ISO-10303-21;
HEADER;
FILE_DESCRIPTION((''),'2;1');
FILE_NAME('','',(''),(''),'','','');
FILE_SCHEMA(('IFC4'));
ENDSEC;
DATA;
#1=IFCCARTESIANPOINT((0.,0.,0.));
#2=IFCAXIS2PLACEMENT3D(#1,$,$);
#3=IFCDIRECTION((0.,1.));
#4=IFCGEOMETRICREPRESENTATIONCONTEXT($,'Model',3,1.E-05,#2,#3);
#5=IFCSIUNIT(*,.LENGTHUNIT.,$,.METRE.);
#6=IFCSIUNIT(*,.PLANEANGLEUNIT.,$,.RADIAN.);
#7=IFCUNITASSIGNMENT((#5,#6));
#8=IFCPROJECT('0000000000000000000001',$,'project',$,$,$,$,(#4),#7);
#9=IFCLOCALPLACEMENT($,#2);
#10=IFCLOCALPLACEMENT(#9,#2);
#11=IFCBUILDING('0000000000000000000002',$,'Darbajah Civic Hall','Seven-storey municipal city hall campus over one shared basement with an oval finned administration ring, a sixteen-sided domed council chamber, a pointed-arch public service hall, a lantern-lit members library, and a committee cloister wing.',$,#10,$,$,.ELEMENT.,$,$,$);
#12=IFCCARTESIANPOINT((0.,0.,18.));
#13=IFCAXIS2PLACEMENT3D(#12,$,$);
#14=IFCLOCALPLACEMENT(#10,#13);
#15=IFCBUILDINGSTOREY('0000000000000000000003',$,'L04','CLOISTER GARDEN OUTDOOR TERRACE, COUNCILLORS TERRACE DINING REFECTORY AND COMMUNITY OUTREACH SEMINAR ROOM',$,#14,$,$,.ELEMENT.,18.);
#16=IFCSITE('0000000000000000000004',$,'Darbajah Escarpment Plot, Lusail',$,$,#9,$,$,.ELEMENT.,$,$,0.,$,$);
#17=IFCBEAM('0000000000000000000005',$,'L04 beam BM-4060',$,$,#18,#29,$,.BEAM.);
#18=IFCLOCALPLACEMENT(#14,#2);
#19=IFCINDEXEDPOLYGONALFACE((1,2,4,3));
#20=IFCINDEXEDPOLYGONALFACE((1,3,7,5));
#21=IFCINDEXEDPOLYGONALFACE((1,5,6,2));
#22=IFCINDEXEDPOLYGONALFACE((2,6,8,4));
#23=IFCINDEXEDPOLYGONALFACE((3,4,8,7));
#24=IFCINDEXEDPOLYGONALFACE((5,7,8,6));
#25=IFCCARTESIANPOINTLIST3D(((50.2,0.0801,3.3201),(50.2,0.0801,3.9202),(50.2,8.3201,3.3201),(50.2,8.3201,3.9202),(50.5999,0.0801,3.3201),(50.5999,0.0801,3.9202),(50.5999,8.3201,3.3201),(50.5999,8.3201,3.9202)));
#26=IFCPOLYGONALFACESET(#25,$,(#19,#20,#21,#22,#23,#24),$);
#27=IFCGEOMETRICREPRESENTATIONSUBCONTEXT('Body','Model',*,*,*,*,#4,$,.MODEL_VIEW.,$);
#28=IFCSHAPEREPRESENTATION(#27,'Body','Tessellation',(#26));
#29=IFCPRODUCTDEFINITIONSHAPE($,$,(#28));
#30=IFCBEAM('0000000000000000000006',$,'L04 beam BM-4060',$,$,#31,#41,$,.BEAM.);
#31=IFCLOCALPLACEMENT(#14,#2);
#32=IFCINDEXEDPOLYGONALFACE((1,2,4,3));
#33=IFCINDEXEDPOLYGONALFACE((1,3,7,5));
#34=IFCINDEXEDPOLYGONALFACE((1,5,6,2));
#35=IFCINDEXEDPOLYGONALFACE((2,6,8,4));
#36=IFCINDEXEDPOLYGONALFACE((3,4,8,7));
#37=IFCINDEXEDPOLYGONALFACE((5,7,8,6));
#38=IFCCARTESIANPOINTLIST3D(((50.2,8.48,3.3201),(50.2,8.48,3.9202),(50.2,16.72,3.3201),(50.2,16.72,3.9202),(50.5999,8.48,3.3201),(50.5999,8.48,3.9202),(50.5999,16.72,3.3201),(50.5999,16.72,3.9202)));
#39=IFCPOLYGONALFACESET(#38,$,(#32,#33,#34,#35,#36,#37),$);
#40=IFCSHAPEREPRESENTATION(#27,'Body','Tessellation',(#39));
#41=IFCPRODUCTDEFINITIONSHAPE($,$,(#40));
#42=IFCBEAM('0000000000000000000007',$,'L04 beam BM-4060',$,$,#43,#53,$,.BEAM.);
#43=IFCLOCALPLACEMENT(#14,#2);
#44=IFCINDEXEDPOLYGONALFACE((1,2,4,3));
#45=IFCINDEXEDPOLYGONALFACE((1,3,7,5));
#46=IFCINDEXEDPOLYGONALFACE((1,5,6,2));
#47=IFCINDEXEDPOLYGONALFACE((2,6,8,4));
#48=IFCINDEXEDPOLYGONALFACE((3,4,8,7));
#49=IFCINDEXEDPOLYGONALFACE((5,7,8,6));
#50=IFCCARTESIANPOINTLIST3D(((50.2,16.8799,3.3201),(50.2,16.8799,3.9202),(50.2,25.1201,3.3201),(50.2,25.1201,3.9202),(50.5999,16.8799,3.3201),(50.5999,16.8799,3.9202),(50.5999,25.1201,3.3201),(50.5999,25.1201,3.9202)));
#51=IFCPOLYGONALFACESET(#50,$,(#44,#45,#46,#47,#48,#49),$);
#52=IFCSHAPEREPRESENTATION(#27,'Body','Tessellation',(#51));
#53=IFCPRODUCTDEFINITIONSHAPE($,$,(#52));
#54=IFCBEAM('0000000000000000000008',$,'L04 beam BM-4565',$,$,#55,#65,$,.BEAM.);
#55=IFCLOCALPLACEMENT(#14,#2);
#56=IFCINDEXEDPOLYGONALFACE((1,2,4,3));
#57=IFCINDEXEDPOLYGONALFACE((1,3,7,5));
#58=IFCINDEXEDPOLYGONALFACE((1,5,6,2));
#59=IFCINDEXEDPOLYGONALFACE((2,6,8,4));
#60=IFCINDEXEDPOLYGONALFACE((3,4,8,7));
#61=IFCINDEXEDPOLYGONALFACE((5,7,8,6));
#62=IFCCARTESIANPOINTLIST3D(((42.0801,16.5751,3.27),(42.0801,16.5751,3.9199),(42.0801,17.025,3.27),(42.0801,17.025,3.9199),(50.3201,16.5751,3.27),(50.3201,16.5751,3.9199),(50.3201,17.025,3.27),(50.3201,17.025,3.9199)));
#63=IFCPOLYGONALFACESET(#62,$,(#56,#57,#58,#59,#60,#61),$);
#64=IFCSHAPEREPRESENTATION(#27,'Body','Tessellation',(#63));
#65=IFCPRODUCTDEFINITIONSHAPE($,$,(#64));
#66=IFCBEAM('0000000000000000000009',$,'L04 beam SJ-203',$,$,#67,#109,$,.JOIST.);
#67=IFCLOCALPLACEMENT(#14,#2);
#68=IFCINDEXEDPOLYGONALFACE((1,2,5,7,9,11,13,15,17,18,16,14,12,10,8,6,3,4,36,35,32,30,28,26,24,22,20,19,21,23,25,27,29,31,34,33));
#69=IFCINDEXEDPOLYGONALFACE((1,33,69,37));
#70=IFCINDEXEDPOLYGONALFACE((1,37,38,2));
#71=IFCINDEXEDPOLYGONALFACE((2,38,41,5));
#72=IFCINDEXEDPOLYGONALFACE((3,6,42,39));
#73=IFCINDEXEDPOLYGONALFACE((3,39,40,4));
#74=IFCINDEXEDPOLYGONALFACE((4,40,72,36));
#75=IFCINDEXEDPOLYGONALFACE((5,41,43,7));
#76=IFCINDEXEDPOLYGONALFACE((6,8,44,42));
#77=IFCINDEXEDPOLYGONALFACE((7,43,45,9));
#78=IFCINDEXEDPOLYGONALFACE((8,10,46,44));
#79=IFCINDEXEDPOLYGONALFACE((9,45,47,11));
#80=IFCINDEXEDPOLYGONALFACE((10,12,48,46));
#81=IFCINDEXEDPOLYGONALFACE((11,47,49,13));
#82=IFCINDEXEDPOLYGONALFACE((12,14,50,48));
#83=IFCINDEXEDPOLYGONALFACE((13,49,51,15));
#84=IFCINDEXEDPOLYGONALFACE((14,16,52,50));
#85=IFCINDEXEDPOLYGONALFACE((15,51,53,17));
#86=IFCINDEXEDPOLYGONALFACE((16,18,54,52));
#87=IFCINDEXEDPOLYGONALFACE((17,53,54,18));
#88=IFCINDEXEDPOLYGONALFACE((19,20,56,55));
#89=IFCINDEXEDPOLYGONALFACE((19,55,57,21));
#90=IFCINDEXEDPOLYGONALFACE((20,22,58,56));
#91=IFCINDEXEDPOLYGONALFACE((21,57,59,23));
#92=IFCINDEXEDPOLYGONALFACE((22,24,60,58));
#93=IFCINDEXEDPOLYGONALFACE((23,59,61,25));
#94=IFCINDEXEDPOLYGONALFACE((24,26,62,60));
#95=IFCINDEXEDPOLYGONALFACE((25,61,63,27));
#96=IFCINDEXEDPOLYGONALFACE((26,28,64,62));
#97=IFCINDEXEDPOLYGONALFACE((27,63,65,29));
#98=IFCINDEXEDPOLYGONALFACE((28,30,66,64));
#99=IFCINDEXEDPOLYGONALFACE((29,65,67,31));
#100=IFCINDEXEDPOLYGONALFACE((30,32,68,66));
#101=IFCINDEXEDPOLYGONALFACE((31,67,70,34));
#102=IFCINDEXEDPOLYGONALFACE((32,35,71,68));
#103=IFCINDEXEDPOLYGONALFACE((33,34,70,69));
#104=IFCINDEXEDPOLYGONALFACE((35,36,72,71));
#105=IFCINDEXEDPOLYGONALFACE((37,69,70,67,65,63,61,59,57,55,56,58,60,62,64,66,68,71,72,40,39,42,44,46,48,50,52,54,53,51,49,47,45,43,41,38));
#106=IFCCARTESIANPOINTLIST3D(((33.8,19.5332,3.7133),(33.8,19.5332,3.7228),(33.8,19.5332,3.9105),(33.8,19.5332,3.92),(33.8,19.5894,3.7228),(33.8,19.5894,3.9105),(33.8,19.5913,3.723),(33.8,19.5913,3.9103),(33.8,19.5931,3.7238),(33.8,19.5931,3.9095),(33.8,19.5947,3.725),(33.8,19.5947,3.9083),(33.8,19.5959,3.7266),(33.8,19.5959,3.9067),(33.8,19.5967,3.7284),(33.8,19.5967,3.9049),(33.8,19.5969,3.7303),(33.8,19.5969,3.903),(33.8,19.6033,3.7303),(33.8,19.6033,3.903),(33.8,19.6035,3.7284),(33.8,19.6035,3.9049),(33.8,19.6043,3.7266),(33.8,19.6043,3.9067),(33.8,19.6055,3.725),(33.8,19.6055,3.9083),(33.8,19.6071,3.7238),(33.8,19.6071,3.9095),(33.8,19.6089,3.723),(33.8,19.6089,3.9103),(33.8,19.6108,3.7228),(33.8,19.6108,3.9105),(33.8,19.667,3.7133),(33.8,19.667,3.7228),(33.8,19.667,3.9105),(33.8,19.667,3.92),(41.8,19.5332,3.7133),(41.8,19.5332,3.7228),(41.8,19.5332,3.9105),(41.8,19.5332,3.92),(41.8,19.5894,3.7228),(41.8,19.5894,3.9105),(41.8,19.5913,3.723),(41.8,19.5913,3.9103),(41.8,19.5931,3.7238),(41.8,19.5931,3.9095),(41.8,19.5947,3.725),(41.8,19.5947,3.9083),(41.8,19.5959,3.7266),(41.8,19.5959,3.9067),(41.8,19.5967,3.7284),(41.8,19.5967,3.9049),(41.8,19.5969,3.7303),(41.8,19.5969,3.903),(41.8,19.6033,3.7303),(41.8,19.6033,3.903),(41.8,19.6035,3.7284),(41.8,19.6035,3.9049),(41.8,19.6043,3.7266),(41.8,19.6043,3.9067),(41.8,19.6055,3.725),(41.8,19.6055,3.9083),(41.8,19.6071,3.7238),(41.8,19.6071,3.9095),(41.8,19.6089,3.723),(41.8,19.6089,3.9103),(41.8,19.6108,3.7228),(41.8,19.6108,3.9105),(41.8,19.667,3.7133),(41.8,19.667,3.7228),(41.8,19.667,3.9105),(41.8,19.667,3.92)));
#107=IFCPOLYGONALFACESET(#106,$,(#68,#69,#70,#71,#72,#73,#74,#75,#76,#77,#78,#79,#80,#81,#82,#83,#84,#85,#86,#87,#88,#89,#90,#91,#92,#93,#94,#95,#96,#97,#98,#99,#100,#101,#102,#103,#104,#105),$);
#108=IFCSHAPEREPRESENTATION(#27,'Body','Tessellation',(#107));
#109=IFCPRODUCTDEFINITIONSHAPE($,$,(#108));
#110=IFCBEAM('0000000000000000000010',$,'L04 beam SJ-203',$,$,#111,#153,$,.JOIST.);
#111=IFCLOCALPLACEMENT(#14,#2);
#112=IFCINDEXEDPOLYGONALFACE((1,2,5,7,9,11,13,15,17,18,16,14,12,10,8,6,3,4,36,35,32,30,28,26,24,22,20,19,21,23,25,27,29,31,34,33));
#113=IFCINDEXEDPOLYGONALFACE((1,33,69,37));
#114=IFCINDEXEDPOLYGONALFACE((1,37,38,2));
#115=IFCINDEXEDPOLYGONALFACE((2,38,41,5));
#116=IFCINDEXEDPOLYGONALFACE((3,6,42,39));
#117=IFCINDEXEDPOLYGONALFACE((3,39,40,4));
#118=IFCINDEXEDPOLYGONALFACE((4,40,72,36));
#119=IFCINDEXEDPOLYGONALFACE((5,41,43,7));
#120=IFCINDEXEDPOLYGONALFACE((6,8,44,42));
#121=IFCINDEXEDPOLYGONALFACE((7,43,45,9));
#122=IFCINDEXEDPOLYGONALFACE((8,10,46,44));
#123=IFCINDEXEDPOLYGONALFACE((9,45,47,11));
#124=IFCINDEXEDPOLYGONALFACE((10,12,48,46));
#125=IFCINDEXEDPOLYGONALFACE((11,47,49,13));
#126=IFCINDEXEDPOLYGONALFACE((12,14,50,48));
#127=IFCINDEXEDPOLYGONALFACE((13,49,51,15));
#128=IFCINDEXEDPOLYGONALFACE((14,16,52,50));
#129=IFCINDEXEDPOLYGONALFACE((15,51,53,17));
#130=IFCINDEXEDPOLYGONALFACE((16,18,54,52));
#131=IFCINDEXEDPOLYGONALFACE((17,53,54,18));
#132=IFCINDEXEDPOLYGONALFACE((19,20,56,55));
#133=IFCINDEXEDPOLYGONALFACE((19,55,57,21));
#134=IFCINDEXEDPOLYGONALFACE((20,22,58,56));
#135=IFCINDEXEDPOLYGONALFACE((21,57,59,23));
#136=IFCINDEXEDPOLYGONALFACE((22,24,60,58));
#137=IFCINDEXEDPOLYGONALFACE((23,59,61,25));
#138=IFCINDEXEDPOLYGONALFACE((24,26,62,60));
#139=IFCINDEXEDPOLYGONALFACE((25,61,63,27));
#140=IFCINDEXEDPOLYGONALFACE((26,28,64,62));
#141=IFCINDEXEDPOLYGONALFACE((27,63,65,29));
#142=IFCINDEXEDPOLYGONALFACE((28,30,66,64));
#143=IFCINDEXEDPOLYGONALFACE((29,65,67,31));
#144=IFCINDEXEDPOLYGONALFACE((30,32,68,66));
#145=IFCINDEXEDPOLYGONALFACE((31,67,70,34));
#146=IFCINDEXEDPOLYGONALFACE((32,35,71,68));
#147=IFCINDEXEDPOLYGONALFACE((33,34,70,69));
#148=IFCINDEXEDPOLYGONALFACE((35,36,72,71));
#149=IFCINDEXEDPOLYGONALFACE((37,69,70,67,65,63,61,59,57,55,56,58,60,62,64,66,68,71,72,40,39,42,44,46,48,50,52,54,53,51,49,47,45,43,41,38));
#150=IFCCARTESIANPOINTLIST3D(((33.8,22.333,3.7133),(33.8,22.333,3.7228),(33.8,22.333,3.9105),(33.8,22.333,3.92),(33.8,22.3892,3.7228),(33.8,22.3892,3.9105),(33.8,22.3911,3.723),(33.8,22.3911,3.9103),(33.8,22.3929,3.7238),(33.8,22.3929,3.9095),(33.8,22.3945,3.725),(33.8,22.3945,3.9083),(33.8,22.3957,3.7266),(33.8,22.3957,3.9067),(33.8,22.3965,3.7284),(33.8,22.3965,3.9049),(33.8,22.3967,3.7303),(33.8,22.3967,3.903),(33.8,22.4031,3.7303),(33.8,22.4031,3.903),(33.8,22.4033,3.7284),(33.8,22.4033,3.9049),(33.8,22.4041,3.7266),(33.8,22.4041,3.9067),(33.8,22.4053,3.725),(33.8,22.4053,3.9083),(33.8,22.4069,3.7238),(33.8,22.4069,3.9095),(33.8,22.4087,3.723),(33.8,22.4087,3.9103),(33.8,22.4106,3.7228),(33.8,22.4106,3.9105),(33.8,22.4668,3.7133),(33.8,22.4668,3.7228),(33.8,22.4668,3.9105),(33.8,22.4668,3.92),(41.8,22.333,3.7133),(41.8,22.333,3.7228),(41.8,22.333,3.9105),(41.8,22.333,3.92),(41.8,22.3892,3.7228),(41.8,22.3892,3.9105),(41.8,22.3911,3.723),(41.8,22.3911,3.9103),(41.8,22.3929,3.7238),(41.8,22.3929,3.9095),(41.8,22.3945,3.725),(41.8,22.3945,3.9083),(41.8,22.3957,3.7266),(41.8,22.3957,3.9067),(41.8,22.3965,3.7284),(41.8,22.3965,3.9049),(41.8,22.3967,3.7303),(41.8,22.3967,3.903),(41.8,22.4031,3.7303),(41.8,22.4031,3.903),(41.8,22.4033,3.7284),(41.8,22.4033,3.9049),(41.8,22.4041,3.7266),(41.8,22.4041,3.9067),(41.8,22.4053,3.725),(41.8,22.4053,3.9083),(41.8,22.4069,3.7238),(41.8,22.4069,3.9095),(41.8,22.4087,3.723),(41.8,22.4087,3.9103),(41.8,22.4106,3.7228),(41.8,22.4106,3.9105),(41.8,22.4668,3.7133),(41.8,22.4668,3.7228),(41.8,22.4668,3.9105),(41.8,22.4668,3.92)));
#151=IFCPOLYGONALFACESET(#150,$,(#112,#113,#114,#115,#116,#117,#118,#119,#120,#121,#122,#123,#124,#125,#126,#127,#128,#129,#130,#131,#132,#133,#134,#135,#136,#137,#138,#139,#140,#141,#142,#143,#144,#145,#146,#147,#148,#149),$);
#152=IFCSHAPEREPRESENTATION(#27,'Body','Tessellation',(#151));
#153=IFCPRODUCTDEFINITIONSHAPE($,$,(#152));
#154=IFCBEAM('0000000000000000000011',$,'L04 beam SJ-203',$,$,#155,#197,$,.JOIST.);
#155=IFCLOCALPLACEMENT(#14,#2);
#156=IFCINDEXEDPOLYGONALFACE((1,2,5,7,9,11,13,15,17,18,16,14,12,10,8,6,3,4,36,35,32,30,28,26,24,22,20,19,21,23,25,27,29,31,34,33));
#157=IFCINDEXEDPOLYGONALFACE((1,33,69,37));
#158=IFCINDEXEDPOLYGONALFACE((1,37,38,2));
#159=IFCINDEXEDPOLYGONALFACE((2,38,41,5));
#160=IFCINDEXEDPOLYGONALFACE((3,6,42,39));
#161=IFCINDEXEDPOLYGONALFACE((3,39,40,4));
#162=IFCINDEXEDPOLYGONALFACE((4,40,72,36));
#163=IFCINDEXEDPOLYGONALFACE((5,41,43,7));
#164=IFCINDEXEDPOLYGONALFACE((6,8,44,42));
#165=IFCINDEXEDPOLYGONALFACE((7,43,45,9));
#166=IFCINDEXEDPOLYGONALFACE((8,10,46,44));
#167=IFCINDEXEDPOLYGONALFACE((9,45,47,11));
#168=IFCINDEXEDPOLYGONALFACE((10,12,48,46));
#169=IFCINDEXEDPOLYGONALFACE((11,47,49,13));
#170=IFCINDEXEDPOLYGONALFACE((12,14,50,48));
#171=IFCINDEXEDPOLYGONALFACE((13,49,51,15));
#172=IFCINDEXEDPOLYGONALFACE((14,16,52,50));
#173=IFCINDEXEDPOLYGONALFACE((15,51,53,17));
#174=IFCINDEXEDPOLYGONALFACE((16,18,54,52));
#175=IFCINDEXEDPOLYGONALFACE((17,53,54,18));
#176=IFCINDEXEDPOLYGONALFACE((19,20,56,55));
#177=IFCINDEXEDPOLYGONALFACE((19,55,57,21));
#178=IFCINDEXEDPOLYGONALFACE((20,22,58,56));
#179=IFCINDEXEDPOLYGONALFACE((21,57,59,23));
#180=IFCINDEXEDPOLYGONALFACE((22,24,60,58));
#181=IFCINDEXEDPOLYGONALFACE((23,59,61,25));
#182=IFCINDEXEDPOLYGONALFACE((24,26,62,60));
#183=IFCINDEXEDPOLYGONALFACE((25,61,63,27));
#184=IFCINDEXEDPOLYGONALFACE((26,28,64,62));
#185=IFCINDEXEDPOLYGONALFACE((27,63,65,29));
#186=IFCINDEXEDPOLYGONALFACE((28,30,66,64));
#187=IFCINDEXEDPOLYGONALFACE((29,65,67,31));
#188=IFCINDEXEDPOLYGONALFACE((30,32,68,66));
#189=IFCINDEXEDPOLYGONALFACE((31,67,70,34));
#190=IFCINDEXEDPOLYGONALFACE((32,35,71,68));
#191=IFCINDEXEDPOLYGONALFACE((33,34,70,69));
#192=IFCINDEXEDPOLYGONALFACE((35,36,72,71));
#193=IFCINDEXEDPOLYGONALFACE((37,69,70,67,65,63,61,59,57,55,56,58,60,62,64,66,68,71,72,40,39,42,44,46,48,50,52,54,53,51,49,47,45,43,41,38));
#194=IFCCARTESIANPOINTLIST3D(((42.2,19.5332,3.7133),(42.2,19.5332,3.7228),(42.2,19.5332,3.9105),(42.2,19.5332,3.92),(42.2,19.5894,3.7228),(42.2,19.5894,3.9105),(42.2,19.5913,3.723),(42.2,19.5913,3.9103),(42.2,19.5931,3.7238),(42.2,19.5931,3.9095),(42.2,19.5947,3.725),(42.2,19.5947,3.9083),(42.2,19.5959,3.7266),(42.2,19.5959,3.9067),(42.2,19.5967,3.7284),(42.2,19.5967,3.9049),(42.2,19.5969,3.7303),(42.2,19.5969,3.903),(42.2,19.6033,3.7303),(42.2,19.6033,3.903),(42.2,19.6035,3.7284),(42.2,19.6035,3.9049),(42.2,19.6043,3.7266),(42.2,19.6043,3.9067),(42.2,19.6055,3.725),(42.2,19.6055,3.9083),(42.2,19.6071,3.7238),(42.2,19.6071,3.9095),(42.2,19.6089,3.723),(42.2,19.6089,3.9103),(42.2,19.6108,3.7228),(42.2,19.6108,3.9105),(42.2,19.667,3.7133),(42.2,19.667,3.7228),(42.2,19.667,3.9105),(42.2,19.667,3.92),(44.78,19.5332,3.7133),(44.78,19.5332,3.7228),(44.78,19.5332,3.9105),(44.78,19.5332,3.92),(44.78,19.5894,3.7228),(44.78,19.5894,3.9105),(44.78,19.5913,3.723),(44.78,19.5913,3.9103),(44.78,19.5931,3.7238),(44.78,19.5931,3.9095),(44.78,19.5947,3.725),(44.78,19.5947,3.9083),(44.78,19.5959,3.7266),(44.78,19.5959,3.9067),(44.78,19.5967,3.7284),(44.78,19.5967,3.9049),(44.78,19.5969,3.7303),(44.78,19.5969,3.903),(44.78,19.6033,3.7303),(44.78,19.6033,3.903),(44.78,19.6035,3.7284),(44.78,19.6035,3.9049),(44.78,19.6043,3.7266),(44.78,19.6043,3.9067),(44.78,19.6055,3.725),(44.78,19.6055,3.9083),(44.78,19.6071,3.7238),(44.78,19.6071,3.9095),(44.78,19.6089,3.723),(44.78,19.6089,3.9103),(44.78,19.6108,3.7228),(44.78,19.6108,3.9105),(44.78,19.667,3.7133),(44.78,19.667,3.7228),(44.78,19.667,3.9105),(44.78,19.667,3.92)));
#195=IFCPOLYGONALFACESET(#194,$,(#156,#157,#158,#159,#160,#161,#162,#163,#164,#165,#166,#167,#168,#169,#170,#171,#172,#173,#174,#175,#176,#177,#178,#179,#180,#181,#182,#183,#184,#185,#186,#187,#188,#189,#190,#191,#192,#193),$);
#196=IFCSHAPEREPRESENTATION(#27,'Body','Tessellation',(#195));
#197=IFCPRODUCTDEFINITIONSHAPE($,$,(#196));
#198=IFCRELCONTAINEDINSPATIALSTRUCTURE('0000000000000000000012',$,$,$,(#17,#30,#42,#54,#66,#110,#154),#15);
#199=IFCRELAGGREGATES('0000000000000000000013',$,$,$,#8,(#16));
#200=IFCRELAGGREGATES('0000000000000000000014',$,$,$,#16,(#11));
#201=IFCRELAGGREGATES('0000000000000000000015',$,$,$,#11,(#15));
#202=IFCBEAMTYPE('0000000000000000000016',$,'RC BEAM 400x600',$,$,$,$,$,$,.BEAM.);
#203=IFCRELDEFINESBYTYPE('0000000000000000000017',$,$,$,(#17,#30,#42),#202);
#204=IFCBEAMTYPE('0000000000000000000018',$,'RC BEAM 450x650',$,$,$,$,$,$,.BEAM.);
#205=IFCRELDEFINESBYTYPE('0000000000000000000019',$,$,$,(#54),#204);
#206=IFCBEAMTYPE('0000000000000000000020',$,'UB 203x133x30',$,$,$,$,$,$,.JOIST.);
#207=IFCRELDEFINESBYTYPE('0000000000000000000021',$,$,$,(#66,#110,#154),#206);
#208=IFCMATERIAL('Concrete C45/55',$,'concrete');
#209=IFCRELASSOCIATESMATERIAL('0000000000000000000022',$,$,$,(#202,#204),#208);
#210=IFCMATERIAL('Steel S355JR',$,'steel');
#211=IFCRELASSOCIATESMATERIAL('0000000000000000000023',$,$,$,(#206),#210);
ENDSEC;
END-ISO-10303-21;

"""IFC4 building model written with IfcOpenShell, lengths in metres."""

from ifc_helpers import new_model, si_unit, direction, frame, origin, origin_2d, place, context, subcontext, project, spatial, rectangle, i_section, extrude, material, material_profile, profile_set, type_object, element, save


model = new_model("IFC4")

# Units and contexts
model_context = context("Model", 3, precision=1e-05, world=origin(), true_north=direction((0.0, 1.0)))
body_context = subcontext(model_context, "Body", "Model", "MODEL_VIEW")
ifc_project = project(units=[si_unit("LENGTHUNIT", "METRE"), si_unit("PLANEANGLEUNIT", "RADIAN")], contexts=[model_context])

# Site, building, storey
site_placement = place(None, origin())
site = spatial("IfcSite", under=ifc_project, at=site_placement, Name="Darbajah Escarpment Plot, Lusail", CompositionType="ELEMENT", RefElevation=0.0)
building_placement = place(site_placement, origin())
building = spatial("IfcBuilding", under=site, at=building_placement, Name="Darbajah Civic Hall", Description="Seven-storey municipal city hall campus over one shared basement with an oval finned administration ring, a sixteen-sided domed council chamber, a pointed-arch public service hall, a lantern-lit members library, and a committee cloister wing.", CompositionType="ELEMENT")
storey_placement = place(building_placement, frame((0.0, 0.0, 18.0)))
storey = spatial("IfcBuildingStorey", under=building, at=storey_placement, Name="L04", Description="CLOISTER GARDEN OUTDOOR TERRACE, COUNCILLORS TERRACE DINING REFECTORY AND COMMUNITY OUTREACH SEMINAR ROOM", CompositionType="ELEMENT", Elevation=18.0)

# Shared definitions
ifc_material_1 = material(Name="Steel S355JR", Category="steel")

# Beams
ifc_material_2 = material(Name="Concrete C45/55", Category="concrete")
ifc_material_profile_1 = material_profile(ifc_material_2, rectangle(XDim=0.3999, YDim=0.6001, at=origin_2d()), Name="RC BEAM 400x600")
ifc_profile_set_1 = profile_set([ifc_material_profile_1], Name="Concrete C45/55")
beam_type_1 = type_object("IfcBeamType", Name="RC BEAM 400x600", PredefinedType="BEAM", material=ifc_profile_set_1)
for number, where, z_axis, x_axis, name in (
    (1, (50.3999, 0.0801, 3.6201), (0.0, 1.0, 0.0), (-1.0, 0.0, 0.0), "L04 beam BM-4060"),
    (2, (50.3999, 8.48, 3.6201), (0.0, 1.0, 0.0), (-1.0, 0.0, 0.0), "L04 beam BM-4060"),
):
    element("IfcBeam", number, at=place(storey_placement, frame(where, z_axis=z_axis, x_axis=x_axis)), inside=storey, type_object=beam_type_1, Name=name, PredefinedType="BEAM", context=body_context, shape_type="SweptSolid", body=[
        extrude(rectangle(XDim=0.3999, YDim=0.6001, at=origin_2d()), origin(), (0.0, 0.0, 1.0), 8.24),
    ])
beam_1_placement = place(storey_placement, frame((50.3999, 16.8799, 3.6201), z_axis=(0.0, 1.0, 0.0), x_axis=(-1.0, 0.0, 0.0)))
element("IfcBeam", 3, at=beam_1_placement, inside=storey, type_object=beam_type_1, Name="L04 beam BM-4060", PredefinedType="BEAM", context=body_context, shape_type="SweptSolid", body=[
    extrude(rectangle(XDim=0.3999, YDim=0.6001, at=origin_2d()), origin(), (0.0, 0.0, 1.0), 8.2402),
])
ifc_material_profile_2 = material_profile(ifc_material_2, rectangle(XDim=0.45, YDim=0.6499, at=origin_2d()), Name="RC BEAM 450x650")
ifc_profile_set_2 = profile_set([ifc_material_profile_2], Name="Concrete C45/55")
beam_type_2 = type_object("IfcBeamType", Name="RC BEAM 450x650", PredefinedType="BEAM", material=ifc_profile_set_2)
beam_2_placement = place(storey_placement, frame((42.0801, 16.8, 3.595), z_axis=(1.0, 0.0, 0.0), x_axis=(0.0, 1.0, 0.0)))
element("IfcBeam", 4, at=beam_2_placement, inside=storey, type_object=beam_type_2, Name="L04 beam BM-4565", PredefinedType="BEAM", context=body_context, shape_type="SweptSolid", body=[
    extrude(rectangle(XDim=0.45, YDim=0.6499, at=origin_2d()), origin(), (0.0, 0.0, 1.0), 8.24),
])
ifc_material_profile_3 = material_profile(ifc_material_1, i_section(OverallWidth=0.1338, OverallDepth=0.2068, WebThickness=0.0063, FlangeThickness=0.0095, FilletRadius=0.0076, at=origin_2d()), Name="UB 203x133x30")
ifc_profile_set_3 = profile_set([ifc_material_profile_3], Name="Steel S355JR")
beam_type_3 = type_object("IfcBeamType", Name="UB 203x133x30", PredefinedType="JOIST", material=ifc_profile_set_3)
for number, where, z_axis, x_axis, name in (
    (5, (33.8, 19.6001, 3.8167), (1.0, 0.0, 0.0), (0.0, 1.0, 0.0), "L04 beam SJ-203"),
    (6, (33.8, 22.3999, 3.8167), (1.0, 0.0, 0.0), (0.0, 1.0, 0.0), "L04 beam SJ-203"),
):
    element("IfcBeam", number, at=place(storey_placement, frame(where, z_axis=z_axis, x_axis=x_axis)), inside=storey, type_object=beam_type_3, Name=name, PredefinedType="JOIST", context=body_context, shape_type="SweptSolid", body=[
        extrude(i_section(OverallWidth=0.1338, OverallDepth=0.2068, WebThickness=0.0063, FlangeThickness=0.0095, FilletRadius=0.0076, at=origin_2d()), origin(), (0.0, 0.0, 1.0), 8.0),
    ])
beam_3_placement = place(storey_placement, frame((42.2, 19.6001, 3.8167), z_axis=(1.0, 0.0, 0.0), x_axis=(0.0, 1.0, 0.0)))
element("IfcBeam", 7, at=beam_3_placement, inside=storey, type_object=beam_type_3, Name="L04 beam SJ-203", PredefinedType="JOIST", context=body_context, shape_type="SweptSolid", body=[
    extrude(i_section(OverallWidth=0.1338, OverallDepth=0.2068, WebThickness=0.0063, FlangeThickness=0.0095, FilletRadius=0.0076, at=origin_2d()), origin(), (0.0, 0.0, 1.0), 2.5801),
])

save(model, "model.ifc")
